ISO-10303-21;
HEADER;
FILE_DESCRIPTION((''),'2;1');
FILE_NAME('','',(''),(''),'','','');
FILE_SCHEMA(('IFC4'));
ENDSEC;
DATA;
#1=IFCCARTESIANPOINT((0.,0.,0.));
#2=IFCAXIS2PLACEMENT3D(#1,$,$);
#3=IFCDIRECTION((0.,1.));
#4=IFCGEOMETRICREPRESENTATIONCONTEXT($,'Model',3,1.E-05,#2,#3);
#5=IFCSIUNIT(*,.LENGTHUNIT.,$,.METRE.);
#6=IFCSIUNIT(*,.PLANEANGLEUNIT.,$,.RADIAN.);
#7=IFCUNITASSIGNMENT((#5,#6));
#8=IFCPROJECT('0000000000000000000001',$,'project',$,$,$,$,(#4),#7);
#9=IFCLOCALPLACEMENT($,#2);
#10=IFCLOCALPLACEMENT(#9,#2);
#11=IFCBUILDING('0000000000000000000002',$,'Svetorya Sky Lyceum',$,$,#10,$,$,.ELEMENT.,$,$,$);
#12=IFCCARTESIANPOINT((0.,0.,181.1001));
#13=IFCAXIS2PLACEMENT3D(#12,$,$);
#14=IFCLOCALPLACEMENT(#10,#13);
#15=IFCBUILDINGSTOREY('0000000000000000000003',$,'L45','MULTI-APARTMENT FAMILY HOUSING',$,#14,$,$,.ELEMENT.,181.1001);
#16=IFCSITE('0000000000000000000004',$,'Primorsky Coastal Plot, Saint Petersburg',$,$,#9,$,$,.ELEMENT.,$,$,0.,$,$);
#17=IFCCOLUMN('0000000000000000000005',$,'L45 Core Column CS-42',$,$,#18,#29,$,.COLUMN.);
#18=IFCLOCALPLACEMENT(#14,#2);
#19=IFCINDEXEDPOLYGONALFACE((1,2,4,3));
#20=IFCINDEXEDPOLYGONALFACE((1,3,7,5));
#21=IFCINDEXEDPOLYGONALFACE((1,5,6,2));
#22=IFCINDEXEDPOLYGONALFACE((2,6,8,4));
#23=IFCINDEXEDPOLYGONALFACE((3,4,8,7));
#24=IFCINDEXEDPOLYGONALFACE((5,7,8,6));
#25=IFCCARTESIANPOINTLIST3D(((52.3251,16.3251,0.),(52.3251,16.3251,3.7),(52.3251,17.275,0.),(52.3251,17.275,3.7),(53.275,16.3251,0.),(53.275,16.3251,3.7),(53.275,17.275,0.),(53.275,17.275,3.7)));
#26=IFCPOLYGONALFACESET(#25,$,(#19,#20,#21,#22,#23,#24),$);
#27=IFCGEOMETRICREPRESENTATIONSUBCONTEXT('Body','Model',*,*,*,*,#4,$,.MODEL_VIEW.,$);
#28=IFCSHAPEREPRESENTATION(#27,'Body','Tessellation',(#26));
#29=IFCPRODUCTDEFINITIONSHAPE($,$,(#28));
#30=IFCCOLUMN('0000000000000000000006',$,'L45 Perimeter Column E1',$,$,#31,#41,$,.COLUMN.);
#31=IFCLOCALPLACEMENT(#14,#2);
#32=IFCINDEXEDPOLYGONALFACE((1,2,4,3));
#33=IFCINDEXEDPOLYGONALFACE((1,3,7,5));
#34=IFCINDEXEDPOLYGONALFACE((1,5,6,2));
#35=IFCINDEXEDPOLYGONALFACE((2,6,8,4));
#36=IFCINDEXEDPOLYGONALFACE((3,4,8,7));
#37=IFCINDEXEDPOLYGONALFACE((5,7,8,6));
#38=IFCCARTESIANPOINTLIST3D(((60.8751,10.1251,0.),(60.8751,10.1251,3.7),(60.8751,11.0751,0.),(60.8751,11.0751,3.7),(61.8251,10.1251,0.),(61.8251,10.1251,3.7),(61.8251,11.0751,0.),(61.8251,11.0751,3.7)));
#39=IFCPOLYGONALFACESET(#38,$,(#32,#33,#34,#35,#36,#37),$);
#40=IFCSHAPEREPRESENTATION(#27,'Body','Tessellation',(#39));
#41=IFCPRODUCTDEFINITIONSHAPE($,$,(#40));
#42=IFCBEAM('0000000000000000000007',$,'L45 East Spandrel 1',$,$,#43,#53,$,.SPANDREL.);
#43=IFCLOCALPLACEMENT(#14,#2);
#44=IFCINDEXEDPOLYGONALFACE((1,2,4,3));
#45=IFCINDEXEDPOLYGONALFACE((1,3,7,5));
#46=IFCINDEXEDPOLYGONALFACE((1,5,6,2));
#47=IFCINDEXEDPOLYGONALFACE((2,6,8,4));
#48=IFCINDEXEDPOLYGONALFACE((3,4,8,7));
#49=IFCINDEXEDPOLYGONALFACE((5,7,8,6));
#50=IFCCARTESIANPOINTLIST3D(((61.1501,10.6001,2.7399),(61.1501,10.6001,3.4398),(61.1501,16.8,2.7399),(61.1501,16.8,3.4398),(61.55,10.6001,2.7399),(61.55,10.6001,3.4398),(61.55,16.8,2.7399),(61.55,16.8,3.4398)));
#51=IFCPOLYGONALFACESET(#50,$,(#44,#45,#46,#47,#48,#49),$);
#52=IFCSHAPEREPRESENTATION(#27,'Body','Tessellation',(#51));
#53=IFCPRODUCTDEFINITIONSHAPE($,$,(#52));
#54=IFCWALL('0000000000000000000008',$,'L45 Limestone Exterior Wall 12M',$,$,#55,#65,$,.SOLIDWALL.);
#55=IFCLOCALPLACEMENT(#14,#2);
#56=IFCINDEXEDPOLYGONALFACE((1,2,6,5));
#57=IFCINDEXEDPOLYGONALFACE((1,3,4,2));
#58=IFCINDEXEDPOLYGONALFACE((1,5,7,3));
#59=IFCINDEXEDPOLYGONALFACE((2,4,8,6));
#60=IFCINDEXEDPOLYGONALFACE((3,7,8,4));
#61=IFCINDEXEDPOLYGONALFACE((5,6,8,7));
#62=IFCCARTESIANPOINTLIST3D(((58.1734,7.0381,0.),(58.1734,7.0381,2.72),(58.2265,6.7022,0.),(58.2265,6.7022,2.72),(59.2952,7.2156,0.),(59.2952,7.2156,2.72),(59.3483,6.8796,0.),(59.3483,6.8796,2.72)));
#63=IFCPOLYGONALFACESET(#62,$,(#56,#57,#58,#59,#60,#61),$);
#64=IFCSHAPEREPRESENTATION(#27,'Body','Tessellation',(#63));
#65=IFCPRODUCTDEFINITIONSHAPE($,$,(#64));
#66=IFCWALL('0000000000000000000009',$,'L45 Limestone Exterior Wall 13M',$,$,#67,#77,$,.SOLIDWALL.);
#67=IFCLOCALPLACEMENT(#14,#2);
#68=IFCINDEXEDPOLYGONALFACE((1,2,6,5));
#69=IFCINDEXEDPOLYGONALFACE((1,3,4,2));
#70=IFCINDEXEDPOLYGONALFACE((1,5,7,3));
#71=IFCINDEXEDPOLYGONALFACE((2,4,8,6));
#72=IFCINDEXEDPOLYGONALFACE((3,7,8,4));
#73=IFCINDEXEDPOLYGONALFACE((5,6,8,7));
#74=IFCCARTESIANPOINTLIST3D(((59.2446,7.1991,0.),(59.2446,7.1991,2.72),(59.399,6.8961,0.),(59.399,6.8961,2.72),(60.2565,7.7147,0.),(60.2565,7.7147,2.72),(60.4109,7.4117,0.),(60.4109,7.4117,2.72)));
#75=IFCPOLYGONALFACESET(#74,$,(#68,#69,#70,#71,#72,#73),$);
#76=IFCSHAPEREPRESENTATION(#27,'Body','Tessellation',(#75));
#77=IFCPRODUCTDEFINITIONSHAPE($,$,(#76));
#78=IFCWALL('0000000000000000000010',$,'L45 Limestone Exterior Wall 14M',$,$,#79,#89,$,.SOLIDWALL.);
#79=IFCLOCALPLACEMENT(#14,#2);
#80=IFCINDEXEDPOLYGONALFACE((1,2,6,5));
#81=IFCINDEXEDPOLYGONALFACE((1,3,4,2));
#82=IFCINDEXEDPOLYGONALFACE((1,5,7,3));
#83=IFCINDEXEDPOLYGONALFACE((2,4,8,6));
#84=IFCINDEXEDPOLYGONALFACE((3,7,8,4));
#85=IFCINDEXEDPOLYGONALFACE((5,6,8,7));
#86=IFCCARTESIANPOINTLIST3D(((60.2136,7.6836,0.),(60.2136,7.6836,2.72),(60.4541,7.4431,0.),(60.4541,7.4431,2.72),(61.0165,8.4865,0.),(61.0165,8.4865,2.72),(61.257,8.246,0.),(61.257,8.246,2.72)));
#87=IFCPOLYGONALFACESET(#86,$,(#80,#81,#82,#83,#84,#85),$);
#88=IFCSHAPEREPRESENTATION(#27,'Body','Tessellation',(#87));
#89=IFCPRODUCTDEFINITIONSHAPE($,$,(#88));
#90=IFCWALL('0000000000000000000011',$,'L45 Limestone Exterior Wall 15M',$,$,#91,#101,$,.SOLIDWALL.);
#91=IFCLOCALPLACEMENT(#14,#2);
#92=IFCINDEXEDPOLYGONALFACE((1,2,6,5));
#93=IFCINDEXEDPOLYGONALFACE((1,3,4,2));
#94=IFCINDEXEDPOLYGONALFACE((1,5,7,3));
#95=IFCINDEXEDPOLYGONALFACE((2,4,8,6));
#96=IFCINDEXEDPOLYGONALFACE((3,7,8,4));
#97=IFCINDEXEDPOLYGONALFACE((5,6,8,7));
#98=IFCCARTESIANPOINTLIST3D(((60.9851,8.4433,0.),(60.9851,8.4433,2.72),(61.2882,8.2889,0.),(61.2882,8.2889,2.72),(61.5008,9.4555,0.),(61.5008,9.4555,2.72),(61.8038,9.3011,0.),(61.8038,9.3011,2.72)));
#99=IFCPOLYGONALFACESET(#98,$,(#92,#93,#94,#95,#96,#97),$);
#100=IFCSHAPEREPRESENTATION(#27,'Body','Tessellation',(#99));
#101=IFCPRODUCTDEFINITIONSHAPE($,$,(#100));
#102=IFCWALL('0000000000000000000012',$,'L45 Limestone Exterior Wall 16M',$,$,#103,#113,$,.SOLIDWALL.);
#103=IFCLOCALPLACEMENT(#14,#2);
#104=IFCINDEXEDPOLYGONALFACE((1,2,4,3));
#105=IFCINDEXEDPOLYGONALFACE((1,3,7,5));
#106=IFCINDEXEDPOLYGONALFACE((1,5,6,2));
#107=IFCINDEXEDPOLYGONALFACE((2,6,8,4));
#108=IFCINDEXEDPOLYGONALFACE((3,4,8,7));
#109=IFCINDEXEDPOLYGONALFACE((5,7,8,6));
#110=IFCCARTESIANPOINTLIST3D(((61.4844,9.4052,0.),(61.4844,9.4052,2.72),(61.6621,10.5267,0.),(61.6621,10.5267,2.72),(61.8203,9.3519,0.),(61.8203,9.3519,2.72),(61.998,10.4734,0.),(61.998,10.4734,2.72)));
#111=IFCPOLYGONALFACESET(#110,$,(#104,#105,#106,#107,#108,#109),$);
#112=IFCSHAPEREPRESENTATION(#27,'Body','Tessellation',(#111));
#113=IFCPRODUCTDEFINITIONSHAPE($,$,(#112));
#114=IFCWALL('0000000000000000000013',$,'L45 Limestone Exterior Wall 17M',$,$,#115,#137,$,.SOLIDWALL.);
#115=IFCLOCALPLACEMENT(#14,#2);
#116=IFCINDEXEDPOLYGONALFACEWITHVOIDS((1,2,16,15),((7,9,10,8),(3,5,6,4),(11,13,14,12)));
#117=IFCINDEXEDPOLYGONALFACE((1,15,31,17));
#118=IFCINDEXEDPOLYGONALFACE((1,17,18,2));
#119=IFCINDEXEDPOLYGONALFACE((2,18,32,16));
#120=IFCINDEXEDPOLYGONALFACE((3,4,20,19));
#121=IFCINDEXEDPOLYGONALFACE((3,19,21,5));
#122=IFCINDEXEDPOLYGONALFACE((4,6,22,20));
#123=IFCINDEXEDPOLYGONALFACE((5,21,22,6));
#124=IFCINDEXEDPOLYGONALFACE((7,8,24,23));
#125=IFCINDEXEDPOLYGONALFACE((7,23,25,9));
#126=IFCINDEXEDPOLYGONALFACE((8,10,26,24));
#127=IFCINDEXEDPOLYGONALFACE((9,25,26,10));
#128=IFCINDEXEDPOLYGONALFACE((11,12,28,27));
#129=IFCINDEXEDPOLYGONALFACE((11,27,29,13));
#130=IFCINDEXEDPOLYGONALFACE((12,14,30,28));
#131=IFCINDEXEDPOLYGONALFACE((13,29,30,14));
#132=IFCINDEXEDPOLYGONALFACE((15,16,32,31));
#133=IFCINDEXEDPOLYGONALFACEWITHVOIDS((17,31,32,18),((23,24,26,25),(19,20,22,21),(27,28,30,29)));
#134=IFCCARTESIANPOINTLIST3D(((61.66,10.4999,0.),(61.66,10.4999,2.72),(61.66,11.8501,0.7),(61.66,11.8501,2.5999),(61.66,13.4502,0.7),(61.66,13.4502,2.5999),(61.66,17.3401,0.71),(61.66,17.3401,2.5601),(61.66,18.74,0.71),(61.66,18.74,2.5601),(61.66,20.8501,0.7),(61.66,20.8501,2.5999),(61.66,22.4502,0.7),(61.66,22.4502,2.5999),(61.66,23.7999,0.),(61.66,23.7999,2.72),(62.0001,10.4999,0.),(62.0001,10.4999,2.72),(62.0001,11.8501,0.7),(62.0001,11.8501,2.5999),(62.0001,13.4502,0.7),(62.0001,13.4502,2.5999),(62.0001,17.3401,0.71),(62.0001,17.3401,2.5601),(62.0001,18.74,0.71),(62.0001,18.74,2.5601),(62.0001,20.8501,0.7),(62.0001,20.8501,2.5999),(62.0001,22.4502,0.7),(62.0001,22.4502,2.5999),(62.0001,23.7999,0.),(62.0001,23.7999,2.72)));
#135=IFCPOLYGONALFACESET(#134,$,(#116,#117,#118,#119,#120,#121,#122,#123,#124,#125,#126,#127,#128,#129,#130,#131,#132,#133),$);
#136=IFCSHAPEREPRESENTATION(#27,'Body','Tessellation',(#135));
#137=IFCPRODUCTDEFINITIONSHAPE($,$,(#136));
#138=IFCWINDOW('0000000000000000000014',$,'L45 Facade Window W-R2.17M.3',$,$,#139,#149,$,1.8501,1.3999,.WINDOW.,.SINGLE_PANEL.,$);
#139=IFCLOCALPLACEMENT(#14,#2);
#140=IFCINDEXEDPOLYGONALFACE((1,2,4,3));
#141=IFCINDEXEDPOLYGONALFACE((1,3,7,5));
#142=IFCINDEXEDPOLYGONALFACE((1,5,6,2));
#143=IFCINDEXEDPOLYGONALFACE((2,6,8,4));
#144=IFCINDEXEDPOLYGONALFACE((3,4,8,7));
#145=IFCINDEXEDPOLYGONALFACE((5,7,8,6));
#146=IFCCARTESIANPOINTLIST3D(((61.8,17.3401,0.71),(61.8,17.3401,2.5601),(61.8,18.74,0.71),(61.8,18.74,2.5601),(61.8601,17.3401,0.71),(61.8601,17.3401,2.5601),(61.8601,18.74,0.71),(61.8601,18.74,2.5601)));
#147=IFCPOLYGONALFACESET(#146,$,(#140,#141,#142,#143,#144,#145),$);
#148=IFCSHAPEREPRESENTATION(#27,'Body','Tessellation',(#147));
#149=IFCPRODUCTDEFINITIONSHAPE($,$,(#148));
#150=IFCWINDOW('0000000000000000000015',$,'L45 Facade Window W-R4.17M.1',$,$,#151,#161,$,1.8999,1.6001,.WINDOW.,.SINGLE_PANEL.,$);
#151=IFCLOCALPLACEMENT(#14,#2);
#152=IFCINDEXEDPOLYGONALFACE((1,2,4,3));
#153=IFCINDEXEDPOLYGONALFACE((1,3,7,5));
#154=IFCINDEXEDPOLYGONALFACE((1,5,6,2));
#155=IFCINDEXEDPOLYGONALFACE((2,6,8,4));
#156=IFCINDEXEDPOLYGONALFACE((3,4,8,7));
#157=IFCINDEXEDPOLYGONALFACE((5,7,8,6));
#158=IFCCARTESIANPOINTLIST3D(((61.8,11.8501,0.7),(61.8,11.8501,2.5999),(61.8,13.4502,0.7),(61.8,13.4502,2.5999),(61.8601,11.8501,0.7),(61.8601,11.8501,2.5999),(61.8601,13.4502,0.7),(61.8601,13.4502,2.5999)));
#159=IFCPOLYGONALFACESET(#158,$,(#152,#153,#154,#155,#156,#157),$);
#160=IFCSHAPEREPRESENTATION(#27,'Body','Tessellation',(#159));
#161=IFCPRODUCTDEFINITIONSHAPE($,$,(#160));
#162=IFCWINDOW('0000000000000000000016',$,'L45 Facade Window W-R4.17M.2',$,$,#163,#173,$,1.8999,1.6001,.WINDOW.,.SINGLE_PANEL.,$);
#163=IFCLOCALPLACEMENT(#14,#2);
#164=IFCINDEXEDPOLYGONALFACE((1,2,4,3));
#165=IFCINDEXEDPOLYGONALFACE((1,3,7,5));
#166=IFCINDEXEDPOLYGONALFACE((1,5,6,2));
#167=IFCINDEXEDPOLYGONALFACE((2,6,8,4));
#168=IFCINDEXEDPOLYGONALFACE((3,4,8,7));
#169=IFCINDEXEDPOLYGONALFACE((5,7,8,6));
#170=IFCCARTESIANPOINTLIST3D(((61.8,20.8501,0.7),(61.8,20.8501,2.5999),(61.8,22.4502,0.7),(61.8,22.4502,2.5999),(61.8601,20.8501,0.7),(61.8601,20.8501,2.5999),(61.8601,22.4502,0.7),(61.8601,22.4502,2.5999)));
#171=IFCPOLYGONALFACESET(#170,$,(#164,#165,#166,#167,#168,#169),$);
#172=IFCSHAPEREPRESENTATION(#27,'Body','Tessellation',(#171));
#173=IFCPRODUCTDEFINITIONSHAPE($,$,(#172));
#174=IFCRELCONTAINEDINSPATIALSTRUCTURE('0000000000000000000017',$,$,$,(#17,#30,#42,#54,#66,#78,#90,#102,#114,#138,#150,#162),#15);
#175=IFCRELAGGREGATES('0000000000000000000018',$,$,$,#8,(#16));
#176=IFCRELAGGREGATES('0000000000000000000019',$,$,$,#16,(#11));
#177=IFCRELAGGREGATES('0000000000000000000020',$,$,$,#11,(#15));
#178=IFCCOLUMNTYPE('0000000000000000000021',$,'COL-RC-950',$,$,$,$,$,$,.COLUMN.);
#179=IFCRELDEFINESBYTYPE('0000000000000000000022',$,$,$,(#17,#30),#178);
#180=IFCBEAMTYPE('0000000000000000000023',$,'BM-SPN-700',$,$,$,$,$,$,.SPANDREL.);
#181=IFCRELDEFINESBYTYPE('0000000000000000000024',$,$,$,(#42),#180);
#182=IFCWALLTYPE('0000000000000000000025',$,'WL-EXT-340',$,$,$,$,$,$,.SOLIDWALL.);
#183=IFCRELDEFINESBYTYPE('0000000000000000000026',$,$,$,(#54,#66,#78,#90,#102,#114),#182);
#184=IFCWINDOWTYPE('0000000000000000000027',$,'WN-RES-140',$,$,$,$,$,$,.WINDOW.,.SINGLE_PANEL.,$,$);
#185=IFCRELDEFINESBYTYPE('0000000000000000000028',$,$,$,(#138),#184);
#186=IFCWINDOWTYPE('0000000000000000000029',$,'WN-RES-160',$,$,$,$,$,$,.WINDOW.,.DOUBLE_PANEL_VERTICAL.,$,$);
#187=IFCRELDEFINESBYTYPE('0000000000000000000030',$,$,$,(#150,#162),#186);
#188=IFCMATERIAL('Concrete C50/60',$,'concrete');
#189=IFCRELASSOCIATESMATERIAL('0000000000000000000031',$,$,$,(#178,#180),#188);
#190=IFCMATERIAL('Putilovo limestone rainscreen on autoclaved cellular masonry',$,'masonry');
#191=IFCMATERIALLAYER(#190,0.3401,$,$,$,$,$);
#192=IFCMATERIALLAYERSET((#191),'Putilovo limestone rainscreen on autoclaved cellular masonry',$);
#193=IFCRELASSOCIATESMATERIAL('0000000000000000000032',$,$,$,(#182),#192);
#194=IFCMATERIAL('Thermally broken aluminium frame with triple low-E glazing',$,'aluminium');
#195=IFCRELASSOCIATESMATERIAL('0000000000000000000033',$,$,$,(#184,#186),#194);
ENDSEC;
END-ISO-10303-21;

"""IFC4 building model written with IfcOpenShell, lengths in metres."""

from ifc_helpers import new_model, si_unit, direction, frame, frame_2d, origin, origin_2d, place, context, subcontext, project, spatial, rectangle, extrude, material, layer, layer_set, material_profile, profile_set, type_object, element, fill, save


model = new_model("IFC4")

# Units and contexts
model_context = context("Model", 3, precision=1e-05, world=origin(), true_north=direction((0.0, 1.0)))
body_context = subcontext(model_context, "Body", "Model", "MODEL_VIEW")
ifc_project = project(units=[si_unit("LENGTHUNIT", "METRE"), si_unit("PLANEANGLEUNIT", "RADIAN")], contexts=[model_context])

# Site, building, storey
site_placement = place(None, origin())
site = spatial("IfcSite", under=ifc_project, at=site_placement, Name="Primorsky Coastal Plot, Saint Petersburg", CompositionType="ELEMENT", RefElevation=0.0)
building_placement = place(site_placement, origin())
building = spatial("IfcBuilding", under=site, at=building_placement, Name="Svetorya Sky Lyceum", CompositionType="ELEMENT")
storey_placement = place(building_placement, frame((0.0, 0.0, 181.1001)))
storey = spatial("IfcBuildingStorey", under=building, at=storey_placement, Name="L45", Description="MULTI-APARTMENT FAMILY HOUSING", CompositionType="ELEMENT", Elevation=181.1001)

# Columns
ifc_material_1 = material(Name="Concrete C50/60", Category="concrete")
ifc_material_profile_1 = material_profile(ifc_material_1, rectangle(XDim=0.95, YDim=0.95, at=origin_2d()), Name="RC COL 950x950")
ifc_profile_set_1 = profile_set([ifc_material_profile_1], Name="Concrete C50/60")
column_type = type_object("IfcColumnType", Name="COL-RC-950", PredefinedType="COLUMN", material=ifc_profile_set_1)
for number, where, z_axis, x_axis, name in (
    (1, (52.8, 16.8, 0.0), (0.0, 0.0, 1.0), (1.0, 0.0, 0.0), "L45 Core Column CS-42"),
    (2, (61.3501, 10.6001, 0.0), (0.0, 0.0, 1.0), (1.0, 0.0, 0.0), "L45 Perimeter Column E1"),
):
    element("IfcColumn", number, at=place(storey_placement, frame(where, z_axis=z_axis, x_axis=x_axis)), inside=storey, type_object=column_type, Name=name, PredefinedType="COLUMN", context=body_context, shape_type="SweptSolid", body=[
        extrude(rectangle(XDim=0.95, YDim=0.95, at=origin_2d()), origin(), (0.0, 0.0, 1.0), 3.7),
    ])

# Beam
ifc_material_profile_2 = material_profile(ifc_material_1, rectangle(XDim=0.3999, YDim=0.7, at=origin_2d()), Name="RC SPANDREL 400x700")
ifc_profile_set_2 = profile_set([ifc_material_profile_2], Name="Concrete C50/60")
beam_type = type_object("IfcBeamType", Name="BM-SPN-700", PredefinedType="SPANDREL", material=ifc_profile_set_2)
beam_placement = place(storey_placement, frame((61.3501, 10.6001, 3.0898), z_axis=(0.0, 1.0, 0.0), x_axis=(-1.0, 0.0, 0.0)))
element("IfcBeam", 3, at=beam_placement, inside=storey, type_object=beam_type, Name="L45 East Spandrel 1", PredefinedType="SPANDREL", context=body_context, shape_type="SweptSolid", body=[
    extrude(rectangle(XDim=0.3999, YDim=0.7, at=origin_2d()), origin(), (0.0, 0.0, 1.0), 6.2),
])

# Walls
ifc_material_2 = material(Name="Putilovo limestone rainscreen on autoclaved cellular masonry", Category="masonry")
ifc_layer_1 = layer(ifc_material_2, 0.3401)
ifc_layer_set_1 = layer_set([ifc_layer_1], Name="Putilovo limestone rainscreen on autoclaved cellular masonry")
wall_type_1 = type_object("IfcWallType", Name="WL-EXT-340", PredefinedType="SOLIDWALL", material=ifc_layer_set_1)
for number, where, z_axis, x_axis, name in (
    (4, (58.2, 6.8701, 0.0), (0.0, 0.0, 1.0), (0.987714, 0.156272, 0.0), "L45 Limestone Exterior Wall 12M"),
    (5, (59.3218, 7.0476, 0.0), (0.0, 0.0, 1.0), (0.891005, 0.453993, 0.0), "L45 Limestone Exterior Wall 13M"),
):
    element("IfcWall", number, at=place(storey_placement, frame(where, z_axis=z_axis, x_axis=x_axis)), inside=storey, type_object=wall_type_1, Name=name, PredefinedType="SOLIDWALL", context=body_context, shape_type="SweptSolid", body=[
        extrude(rectangle(XDim=1.1357, YDim=0.3401, at=frame_2d((0.5679, 0.0))), origin(), (0.0, 0.0, 1.0), 2.72),
    ])
wall_1_placement = place(storey_placement, frame((60.3337, 7.5632, 0.0), z_axis=(0.0, 0.0, 1.0), x_axis=(0.707107, 0.707107, 0.0)))
element("IfcWall", 6, at=wall_1_placement, inside=storey, type_object=wall_type_1, Name="L45 Limestone Exterior Wall 14M", PredefinedType="SOLIDWALL", context=body_context, shape_type="SweptSolid", body=[
    extrude(rectangle(XDim=1.1355, YDim=0.3401, at=frame_2d((0.5679, 0.0))), origin(), (0.0, 0.0, 1.0), 2.72),
])
wall_2_placement = place(storey_placement, frame((61.1367, 8.3662, 0.0), z_axis=(0.0, 0.0, 1.0), x_axis=(0.453906, 0.891049, 0.0)))
element("IfcWall", 7, at=wall_2_placement, inside=storey, type_object=wall_type_1, Name="L45 Limestone Exterior Wall 15M", PredefinedType="SOLIDWALL", context=body_context, shape_type="SweptSolid", body=[
    extrude(rectangle(XDim=1.136, YDim=0.3401, at=frame_2d((0.5679, 0.0))), origin(), (0.0, 0.0, 1.0), 2.72),
])
wall_3_placement = place(storey_placement, frame((61.6523, 9.3784, 0.0), z_axis=(0.0, 0.0, 1.0), x_axis=(0.156515, 0.987676, 0.0)))
element("IfcWall", 8, at=wall_3_placement, inside=storey, type_object=wall_type_1, Name="L45 Limestone Exterior Wall 16M", PredefinedType="SOLIDWALL", context=body_context, shape_type="SweptSolid", body=[
    extrude(rectangle(XDim=1.1355, YDim=0.3401, at=frame_2d((0.5679, 0.0))), origin(), (0.0, 0.0, 1.0), 2.72),
])

# Wall, openings, windows
wall_4_placement = place(storey_placement, frame((61.8301, 10.5, 0.0), z_axis=(0.0, 0.0, 1.0), x_axis=(0.0, 1.0, 0.0)))
wall_4 = element("IfcWall", 9, at=wall_4_placement, inside=storey, type_object=wall_type_1, Name="L45 Limestone Exterior Wall 17M", PredefinedType="SOLIDWALL", context=body_context, shape_type="SweptSolid", body=[
    extrude(rectangle(XDim=13.3, YDim=0.3401, at=frame_2d((6.6499, 0.0))), origin(), (0.0, 0.0, 1.0), 2.72),
])
opening_1_placement = place(wall_4_placement, frame((1.3501, 0.0, 0.7)))
opening_1 = element("IfcOpeningElement", 10, at=opening_1_placement, cuts=wall_4, PredefinedType="OPENING", context=body_context, shape_type="SweptSolid", body=[
    extrude(rectangle(XDim=1.6001, YDim=1.8999, at=frame_2d((0.8, 0.95))), frame((0.0, 0.1799, 0.0), z_axis=(0.0, -1.0, 0.0), x_axis=(1.0, 0.0, 0.0)), (0.0, 0.0, 1.0), 0.3601),
])
opening_2_placement = place(wall_4_placement, frame((6.8401, 0.0, 0.71)))
opening_2 = element("IfcOpeningElement", 11, at=opening_2_placement, cuts=wall_4, PredefinedType="OPENING", context=body_context, shape_type="SweptSolid", body=[
    extrude(rectangle(XDim=1.3999, YDim=1.8501, at=frame_2d((0.7, 0.925))), frame((0.0, 0.1799, 0.0), z_axis=(0.0, -1.0, 0.0), x_axis=(1.0, 0.0, 0.0)), (0.0, 0.0, 1.0), 0.3601),
])
opening_3_placement = place(wall_4_placement, frame((10.3501, 0.0, 0.7)))
opening_3 = element("IfcOpeningElement", 12, at=opening_3_placement, cuts=wall_4, PredefinedType="OPENING", context=body_context, shape_type="SweptSolid", body=[
    extrude(rectangle(XDim=1.6001, YDim=1.8999, at=frame_2d((0.8, 0.95))), frame((0.0, 0.1799, 0.0), z_axis=(0.0, -1.0, 0.0), x_axis=(1.0, 0.0, 0.0)), (0.0, 0.0, 1.0), 0.3601),
])
ifc_material_3 = material(Name="Thermally broken aluminium frame with triple low-E glazing", Category="aluminium")
window_type_1 = type_object("IfcWindowType", Name="WN-RES-140", PartitioningType="SINGLE_PANEL", PredefinedType="WINDOW", material=ifc_material_3)
window_1_placement = place(opening_2_placement, origin())
window_1 = element("IfcWindow", 13, at=window_1_placement, inside=storey, type_object=window_type_1, Name="L45 Facade Window W-R2.17M.3", OverallHeight=1.8501, OverallWidth=1.3999, PartitioningType="SINGLE_PANEL", PredefinedType="WINDOW", context=body_context, shape_type="SweptSolid", body=[
    extrude(rectangle(XDim=1.3999, YDim=1.8501, at=frame_2d((0.7, 0.925))), frame((0.0, 0.03, 0.0), z_axis=(0.0, -1.0, 0.0), x_axis=(1.0, 0.0, 0.0)), (0.0, 0.0, 1.0), 0.0601),
])
fill(opening_2, window_1)
window_type_2 = type_object("IfcWindowType", Name="WN-RES-160", PartitioningType="DOUBLE_PANEL_VERTICAL", PredefinedType="WINDOW", material=ifc_material_3)
window_2_placement = place(opening_1_placement, origin())
window_2 = element("IfcWindow", 14, at=window_2_placement, inside=storey, type_object=window_type_2, Name="L45 Facade Window W-R4.17M.1", OverallHeight=1.8999, OverallWidth=1.6001, PartitioningType="SINGLE_PANEL", PredefinedType="WINDOW", context=body_context, shape_type="SweptSolid", body=[
    extrude(rectangle(XDim=1.6001, YDim=1.8999, at=frame_2d((0.8, 0.95))), frame((0.0, 0.03, 0.0), z_axis=(0.0, -1.0, 0.0), x_axis=(1.0, 0.0, 0.0)), (0.0, 0.0, 1.0), 0.0601),
])
fill(opening_1, window_2)
window_3_placement = place(opening_3_placement, origin())
window_3 = element("IfcWindow", 15, at=window_3_placement, inside=storey, type_object=window_type_2, Name="L45 Facade Window W-R4.17M.2", OverallHeight=1.8999, OverallWidth=1.6001, PartitioningType="SINGLE_PANEL", PredefinedType="WINDOW", context=body_context, shape_type="SweptSolid", body=[
    extrude(rectangle(XDim=1.6001, YDim=1.8999, at=frame_2d((0.8, 0.95))), frame((0.0, 0.03, 0.0), z_axis=(0.0, -1.0, 0.0), x_axis=(1.0, 0.0, 0.0)), (0.0, 0.0, 1.0), 0.0601),
])
fill(opening_3, window_3)

save(model, "model.ifc")
